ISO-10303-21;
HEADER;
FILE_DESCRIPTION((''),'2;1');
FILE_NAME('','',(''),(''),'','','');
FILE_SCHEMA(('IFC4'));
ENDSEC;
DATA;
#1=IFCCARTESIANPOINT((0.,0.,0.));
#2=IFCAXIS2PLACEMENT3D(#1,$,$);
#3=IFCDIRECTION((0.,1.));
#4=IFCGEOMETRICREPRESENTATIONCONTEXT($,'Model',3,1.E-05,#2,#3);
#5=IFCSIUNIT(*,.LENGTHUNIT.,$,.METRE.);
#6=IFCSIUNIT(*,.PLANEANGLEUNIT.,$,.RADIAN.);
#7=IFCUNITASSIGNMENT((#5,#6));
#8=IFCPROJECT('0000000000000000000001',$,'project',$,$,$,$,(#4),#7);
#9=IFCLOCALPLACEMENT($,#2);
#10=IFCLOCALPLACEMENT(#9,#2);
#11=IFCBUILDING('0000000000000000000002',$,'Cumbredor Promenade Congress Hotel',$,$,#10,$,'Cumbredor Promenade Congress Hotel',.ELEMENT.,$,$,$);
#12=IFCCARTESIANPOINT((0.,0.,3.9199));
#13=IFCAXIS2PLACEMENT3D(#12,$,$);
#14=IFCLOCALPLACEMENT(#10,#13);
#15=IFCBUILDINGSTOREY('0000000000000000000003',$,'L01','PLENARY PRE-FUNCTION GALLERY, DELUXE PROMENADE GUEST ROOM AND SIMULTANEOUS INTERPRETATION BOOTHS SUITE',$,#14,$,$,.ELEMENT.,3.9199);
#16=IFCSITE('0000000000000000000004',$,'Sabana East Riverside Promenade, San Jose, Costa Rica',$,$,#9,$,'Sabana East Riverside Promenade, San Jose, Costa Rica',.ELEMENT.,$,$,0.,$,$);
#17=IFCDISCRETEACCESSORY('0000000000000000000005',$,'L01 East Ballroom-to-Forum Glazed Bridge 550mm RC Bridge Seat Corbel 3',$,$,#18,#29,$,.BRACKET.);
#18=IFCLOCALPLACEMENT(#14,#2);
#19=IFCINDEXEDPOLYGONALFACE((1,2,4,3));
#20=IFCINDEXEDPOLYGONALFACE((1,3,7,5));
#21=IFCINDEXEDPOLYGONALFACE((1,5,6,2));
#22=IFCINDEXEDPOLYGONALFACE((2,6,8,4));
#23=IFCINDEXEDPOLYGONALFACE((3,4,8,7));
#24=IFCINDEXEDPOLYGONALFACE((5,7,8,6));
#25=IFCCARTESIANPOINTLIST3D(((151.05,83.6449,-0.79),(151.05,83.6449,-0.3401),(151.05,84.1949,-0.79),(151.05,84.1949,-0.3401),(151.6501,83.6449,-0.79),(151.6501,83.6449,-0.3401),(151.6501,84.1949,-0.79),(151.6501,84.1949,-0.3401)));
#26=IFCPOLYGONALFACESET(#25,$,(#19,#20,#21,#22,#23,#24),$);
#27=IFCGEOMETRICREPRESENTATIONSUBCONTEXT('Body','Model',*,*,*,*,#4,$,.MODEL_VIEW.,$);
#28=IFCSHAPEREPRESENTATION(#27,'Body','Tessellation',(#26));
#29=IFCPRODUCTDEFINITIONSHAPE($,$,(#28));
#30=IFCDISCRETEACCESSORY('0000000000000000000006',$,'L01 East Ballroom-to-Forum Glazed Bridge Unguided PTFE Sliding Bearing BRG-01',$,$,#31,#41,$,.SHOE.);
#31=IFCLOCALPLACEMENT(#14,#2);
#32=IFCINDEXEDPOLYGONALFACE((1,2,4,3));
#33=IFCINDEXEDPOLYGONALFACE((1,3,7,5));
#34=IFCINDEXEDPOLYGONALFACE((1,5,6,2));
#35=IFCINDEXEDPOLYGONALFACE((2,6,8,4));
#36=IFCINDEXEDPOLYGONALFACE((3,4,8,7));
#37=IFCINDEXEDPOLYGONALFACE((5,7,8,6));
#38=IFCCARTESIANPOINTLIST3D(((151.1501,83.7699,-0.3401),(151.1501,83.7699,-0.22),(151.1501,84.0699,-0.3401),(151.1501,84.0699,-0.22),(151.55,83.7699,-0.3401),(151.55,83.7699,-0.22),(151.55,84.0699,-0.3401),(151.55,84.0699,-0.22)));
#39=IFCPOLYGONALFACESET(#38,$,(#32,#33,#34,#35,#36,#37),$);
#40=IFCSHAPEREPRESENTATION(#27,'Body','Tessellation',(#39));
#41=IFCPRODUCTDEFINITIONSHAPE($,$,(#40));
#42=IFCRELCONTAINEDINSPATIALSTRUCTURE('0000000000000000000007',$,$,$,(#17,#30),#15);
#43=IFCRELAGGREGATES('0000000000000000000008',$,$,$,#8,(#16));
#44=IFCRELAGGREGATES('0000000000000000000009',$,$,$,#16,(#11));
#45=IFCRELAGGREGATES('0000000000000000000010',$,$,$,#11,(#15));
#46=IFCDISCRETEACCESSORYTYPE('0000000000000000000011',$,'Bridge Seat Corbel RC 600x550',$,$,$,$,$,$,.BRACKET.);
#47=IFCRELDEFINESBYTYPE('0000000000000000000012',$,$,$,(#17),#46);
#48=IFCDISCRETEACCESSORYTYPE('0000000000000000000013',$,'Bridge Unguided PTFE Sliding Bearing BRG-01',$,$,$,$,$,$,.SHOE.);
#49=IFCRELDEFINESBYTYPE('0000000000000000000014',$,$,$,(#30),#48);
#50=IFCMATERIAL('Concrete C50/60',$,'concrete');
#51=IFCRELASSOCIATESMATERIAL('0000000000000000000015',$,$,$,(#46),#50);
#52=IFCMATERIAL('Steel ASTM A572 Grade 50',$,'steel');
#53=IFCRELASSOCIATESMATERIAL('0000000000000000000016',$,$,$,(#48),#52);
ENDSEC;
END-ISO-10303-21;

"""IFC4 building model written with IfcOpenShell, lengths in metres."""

from ifc_helpers import new_model, si_unit, direction, frame, origin, origin_2d, place, context, subcontext, project, spatial, rectangle, extrude, material, type_object, element, save


model = new_model("IFC4")

# Units and contexts
model_context = context("Model", 3, precision=1e-05, world=origin(), true_north=direction((0.0, 1.0)))
body_context = subcontext(model_context, "Body", "Model", "MODEL_VIEW")
ifc_project = project(units=[si_unit("LENGTHUNIT", "METRE"), si_unit("PLANEANGLEUNIT", "RADIAN")], contexts=[model_context])

# Site, building, storey
site_placement = place(None, origin())
site = spatial("IfcSite", under=ifc_project, at=site_placement, Name="Sabana East Riverside Promenade, San Jose, Costa Rica", LongName="Sabana East Riverside Promenade, San Jose, Costa Rica", CompositionType="ELEMENT", RefElevation=0.0)
building_placement = place(site_placement, origin())
building = spatial("IfcBuilding", under=site, at=building_placement, Name="Cumbredor Promenade Congress Hotel", LongName="Cumbredor Promenade Congress Hotel", CompositionType="ELEMENT")
storey_placement = place(building_placement, frame((0.0, 0.0, 3.9199)))
storey = spatial("IfcBuildingStorey", under=building, at=storey_placement, Name="L01", Description="PLENARY PRE-FUNCTION GALLERY, DELUXE PROMENADE GUEST ROOM AND SIMULTANEOUS INTERPRETATION BOOTHS SUITE", CompositionType="ELEMENT", Elevation=3.9199)

# Discrete accessories
ifc_material_1 = material(Name="Concrete C50/60", Category="concrete")
discrete_accessory_type_1 = type_object("IfcDiscreteAccessoryType", Name="Bridge Seat Corbel RC 600x550", PredefinedType="BRACKET", material=ifc_material_1)
discrete_accessory_1_placement = place(storey_placement, frame((151.3501, 83.9199, -0.79), z_axis=(0.0, 0.0, 1.0), x_axis=(0.0, 1.0, 0.0)))
element("IfcDiscreteAccessory", 1, at=discrete_accessory_1_placement, inside=storey, type_object=discrete_accessory_type_1, Name="L01 East Ballroom-to-Forum Glazed Bridge 550mm RC Bridge Seat Corbel 3", PredefinedType="BRACKET", context=body_context, shape_type="SweptSolid", body=[
    extrude(rectangle(XDim=0.55, YDim=0.6001, at=origin_2d()), origin(), (0.0, 0.0, 1.0), 0.45),
])
ifc_material_2 = material(Name="Steel ASTM A572 Grade 50", Category="steel")
discrete_accessory_type_2 = type_object("IfcDiscreteAccessoryType", Name="Bridge Unguided PTFE Sliding Bearing BRG-01", PredefinedType="SHOE", material=ifc_material_2)
discrete_accessory_2_placement = place(storey_placement, frame((151.3501, 83.9199, -0.3401), z_axis=(0.0, 0.0, 1.0), x_axis=(0.0, 1.0, 0.0)))
element("IfcDiscreteAccessory", 2, at=discrete_accessory_2_placement, inside=storey, type_object=discrete_accessory_type_2, Name="L01 East Ballroom-to-Forum Glazed Bridge Unguided PTFE Sliding Bearing BRG-01", PredefinedType="SHOE", context=body_context, shape_type="SweptSolid", body=[
    extrude(rectangle(XDim=0.3, YDim=0.3999, at=origin_2d()), origin(), (0.0, 0.0, 1.0), 0.1201),
])

save(model, "model.ifc")
